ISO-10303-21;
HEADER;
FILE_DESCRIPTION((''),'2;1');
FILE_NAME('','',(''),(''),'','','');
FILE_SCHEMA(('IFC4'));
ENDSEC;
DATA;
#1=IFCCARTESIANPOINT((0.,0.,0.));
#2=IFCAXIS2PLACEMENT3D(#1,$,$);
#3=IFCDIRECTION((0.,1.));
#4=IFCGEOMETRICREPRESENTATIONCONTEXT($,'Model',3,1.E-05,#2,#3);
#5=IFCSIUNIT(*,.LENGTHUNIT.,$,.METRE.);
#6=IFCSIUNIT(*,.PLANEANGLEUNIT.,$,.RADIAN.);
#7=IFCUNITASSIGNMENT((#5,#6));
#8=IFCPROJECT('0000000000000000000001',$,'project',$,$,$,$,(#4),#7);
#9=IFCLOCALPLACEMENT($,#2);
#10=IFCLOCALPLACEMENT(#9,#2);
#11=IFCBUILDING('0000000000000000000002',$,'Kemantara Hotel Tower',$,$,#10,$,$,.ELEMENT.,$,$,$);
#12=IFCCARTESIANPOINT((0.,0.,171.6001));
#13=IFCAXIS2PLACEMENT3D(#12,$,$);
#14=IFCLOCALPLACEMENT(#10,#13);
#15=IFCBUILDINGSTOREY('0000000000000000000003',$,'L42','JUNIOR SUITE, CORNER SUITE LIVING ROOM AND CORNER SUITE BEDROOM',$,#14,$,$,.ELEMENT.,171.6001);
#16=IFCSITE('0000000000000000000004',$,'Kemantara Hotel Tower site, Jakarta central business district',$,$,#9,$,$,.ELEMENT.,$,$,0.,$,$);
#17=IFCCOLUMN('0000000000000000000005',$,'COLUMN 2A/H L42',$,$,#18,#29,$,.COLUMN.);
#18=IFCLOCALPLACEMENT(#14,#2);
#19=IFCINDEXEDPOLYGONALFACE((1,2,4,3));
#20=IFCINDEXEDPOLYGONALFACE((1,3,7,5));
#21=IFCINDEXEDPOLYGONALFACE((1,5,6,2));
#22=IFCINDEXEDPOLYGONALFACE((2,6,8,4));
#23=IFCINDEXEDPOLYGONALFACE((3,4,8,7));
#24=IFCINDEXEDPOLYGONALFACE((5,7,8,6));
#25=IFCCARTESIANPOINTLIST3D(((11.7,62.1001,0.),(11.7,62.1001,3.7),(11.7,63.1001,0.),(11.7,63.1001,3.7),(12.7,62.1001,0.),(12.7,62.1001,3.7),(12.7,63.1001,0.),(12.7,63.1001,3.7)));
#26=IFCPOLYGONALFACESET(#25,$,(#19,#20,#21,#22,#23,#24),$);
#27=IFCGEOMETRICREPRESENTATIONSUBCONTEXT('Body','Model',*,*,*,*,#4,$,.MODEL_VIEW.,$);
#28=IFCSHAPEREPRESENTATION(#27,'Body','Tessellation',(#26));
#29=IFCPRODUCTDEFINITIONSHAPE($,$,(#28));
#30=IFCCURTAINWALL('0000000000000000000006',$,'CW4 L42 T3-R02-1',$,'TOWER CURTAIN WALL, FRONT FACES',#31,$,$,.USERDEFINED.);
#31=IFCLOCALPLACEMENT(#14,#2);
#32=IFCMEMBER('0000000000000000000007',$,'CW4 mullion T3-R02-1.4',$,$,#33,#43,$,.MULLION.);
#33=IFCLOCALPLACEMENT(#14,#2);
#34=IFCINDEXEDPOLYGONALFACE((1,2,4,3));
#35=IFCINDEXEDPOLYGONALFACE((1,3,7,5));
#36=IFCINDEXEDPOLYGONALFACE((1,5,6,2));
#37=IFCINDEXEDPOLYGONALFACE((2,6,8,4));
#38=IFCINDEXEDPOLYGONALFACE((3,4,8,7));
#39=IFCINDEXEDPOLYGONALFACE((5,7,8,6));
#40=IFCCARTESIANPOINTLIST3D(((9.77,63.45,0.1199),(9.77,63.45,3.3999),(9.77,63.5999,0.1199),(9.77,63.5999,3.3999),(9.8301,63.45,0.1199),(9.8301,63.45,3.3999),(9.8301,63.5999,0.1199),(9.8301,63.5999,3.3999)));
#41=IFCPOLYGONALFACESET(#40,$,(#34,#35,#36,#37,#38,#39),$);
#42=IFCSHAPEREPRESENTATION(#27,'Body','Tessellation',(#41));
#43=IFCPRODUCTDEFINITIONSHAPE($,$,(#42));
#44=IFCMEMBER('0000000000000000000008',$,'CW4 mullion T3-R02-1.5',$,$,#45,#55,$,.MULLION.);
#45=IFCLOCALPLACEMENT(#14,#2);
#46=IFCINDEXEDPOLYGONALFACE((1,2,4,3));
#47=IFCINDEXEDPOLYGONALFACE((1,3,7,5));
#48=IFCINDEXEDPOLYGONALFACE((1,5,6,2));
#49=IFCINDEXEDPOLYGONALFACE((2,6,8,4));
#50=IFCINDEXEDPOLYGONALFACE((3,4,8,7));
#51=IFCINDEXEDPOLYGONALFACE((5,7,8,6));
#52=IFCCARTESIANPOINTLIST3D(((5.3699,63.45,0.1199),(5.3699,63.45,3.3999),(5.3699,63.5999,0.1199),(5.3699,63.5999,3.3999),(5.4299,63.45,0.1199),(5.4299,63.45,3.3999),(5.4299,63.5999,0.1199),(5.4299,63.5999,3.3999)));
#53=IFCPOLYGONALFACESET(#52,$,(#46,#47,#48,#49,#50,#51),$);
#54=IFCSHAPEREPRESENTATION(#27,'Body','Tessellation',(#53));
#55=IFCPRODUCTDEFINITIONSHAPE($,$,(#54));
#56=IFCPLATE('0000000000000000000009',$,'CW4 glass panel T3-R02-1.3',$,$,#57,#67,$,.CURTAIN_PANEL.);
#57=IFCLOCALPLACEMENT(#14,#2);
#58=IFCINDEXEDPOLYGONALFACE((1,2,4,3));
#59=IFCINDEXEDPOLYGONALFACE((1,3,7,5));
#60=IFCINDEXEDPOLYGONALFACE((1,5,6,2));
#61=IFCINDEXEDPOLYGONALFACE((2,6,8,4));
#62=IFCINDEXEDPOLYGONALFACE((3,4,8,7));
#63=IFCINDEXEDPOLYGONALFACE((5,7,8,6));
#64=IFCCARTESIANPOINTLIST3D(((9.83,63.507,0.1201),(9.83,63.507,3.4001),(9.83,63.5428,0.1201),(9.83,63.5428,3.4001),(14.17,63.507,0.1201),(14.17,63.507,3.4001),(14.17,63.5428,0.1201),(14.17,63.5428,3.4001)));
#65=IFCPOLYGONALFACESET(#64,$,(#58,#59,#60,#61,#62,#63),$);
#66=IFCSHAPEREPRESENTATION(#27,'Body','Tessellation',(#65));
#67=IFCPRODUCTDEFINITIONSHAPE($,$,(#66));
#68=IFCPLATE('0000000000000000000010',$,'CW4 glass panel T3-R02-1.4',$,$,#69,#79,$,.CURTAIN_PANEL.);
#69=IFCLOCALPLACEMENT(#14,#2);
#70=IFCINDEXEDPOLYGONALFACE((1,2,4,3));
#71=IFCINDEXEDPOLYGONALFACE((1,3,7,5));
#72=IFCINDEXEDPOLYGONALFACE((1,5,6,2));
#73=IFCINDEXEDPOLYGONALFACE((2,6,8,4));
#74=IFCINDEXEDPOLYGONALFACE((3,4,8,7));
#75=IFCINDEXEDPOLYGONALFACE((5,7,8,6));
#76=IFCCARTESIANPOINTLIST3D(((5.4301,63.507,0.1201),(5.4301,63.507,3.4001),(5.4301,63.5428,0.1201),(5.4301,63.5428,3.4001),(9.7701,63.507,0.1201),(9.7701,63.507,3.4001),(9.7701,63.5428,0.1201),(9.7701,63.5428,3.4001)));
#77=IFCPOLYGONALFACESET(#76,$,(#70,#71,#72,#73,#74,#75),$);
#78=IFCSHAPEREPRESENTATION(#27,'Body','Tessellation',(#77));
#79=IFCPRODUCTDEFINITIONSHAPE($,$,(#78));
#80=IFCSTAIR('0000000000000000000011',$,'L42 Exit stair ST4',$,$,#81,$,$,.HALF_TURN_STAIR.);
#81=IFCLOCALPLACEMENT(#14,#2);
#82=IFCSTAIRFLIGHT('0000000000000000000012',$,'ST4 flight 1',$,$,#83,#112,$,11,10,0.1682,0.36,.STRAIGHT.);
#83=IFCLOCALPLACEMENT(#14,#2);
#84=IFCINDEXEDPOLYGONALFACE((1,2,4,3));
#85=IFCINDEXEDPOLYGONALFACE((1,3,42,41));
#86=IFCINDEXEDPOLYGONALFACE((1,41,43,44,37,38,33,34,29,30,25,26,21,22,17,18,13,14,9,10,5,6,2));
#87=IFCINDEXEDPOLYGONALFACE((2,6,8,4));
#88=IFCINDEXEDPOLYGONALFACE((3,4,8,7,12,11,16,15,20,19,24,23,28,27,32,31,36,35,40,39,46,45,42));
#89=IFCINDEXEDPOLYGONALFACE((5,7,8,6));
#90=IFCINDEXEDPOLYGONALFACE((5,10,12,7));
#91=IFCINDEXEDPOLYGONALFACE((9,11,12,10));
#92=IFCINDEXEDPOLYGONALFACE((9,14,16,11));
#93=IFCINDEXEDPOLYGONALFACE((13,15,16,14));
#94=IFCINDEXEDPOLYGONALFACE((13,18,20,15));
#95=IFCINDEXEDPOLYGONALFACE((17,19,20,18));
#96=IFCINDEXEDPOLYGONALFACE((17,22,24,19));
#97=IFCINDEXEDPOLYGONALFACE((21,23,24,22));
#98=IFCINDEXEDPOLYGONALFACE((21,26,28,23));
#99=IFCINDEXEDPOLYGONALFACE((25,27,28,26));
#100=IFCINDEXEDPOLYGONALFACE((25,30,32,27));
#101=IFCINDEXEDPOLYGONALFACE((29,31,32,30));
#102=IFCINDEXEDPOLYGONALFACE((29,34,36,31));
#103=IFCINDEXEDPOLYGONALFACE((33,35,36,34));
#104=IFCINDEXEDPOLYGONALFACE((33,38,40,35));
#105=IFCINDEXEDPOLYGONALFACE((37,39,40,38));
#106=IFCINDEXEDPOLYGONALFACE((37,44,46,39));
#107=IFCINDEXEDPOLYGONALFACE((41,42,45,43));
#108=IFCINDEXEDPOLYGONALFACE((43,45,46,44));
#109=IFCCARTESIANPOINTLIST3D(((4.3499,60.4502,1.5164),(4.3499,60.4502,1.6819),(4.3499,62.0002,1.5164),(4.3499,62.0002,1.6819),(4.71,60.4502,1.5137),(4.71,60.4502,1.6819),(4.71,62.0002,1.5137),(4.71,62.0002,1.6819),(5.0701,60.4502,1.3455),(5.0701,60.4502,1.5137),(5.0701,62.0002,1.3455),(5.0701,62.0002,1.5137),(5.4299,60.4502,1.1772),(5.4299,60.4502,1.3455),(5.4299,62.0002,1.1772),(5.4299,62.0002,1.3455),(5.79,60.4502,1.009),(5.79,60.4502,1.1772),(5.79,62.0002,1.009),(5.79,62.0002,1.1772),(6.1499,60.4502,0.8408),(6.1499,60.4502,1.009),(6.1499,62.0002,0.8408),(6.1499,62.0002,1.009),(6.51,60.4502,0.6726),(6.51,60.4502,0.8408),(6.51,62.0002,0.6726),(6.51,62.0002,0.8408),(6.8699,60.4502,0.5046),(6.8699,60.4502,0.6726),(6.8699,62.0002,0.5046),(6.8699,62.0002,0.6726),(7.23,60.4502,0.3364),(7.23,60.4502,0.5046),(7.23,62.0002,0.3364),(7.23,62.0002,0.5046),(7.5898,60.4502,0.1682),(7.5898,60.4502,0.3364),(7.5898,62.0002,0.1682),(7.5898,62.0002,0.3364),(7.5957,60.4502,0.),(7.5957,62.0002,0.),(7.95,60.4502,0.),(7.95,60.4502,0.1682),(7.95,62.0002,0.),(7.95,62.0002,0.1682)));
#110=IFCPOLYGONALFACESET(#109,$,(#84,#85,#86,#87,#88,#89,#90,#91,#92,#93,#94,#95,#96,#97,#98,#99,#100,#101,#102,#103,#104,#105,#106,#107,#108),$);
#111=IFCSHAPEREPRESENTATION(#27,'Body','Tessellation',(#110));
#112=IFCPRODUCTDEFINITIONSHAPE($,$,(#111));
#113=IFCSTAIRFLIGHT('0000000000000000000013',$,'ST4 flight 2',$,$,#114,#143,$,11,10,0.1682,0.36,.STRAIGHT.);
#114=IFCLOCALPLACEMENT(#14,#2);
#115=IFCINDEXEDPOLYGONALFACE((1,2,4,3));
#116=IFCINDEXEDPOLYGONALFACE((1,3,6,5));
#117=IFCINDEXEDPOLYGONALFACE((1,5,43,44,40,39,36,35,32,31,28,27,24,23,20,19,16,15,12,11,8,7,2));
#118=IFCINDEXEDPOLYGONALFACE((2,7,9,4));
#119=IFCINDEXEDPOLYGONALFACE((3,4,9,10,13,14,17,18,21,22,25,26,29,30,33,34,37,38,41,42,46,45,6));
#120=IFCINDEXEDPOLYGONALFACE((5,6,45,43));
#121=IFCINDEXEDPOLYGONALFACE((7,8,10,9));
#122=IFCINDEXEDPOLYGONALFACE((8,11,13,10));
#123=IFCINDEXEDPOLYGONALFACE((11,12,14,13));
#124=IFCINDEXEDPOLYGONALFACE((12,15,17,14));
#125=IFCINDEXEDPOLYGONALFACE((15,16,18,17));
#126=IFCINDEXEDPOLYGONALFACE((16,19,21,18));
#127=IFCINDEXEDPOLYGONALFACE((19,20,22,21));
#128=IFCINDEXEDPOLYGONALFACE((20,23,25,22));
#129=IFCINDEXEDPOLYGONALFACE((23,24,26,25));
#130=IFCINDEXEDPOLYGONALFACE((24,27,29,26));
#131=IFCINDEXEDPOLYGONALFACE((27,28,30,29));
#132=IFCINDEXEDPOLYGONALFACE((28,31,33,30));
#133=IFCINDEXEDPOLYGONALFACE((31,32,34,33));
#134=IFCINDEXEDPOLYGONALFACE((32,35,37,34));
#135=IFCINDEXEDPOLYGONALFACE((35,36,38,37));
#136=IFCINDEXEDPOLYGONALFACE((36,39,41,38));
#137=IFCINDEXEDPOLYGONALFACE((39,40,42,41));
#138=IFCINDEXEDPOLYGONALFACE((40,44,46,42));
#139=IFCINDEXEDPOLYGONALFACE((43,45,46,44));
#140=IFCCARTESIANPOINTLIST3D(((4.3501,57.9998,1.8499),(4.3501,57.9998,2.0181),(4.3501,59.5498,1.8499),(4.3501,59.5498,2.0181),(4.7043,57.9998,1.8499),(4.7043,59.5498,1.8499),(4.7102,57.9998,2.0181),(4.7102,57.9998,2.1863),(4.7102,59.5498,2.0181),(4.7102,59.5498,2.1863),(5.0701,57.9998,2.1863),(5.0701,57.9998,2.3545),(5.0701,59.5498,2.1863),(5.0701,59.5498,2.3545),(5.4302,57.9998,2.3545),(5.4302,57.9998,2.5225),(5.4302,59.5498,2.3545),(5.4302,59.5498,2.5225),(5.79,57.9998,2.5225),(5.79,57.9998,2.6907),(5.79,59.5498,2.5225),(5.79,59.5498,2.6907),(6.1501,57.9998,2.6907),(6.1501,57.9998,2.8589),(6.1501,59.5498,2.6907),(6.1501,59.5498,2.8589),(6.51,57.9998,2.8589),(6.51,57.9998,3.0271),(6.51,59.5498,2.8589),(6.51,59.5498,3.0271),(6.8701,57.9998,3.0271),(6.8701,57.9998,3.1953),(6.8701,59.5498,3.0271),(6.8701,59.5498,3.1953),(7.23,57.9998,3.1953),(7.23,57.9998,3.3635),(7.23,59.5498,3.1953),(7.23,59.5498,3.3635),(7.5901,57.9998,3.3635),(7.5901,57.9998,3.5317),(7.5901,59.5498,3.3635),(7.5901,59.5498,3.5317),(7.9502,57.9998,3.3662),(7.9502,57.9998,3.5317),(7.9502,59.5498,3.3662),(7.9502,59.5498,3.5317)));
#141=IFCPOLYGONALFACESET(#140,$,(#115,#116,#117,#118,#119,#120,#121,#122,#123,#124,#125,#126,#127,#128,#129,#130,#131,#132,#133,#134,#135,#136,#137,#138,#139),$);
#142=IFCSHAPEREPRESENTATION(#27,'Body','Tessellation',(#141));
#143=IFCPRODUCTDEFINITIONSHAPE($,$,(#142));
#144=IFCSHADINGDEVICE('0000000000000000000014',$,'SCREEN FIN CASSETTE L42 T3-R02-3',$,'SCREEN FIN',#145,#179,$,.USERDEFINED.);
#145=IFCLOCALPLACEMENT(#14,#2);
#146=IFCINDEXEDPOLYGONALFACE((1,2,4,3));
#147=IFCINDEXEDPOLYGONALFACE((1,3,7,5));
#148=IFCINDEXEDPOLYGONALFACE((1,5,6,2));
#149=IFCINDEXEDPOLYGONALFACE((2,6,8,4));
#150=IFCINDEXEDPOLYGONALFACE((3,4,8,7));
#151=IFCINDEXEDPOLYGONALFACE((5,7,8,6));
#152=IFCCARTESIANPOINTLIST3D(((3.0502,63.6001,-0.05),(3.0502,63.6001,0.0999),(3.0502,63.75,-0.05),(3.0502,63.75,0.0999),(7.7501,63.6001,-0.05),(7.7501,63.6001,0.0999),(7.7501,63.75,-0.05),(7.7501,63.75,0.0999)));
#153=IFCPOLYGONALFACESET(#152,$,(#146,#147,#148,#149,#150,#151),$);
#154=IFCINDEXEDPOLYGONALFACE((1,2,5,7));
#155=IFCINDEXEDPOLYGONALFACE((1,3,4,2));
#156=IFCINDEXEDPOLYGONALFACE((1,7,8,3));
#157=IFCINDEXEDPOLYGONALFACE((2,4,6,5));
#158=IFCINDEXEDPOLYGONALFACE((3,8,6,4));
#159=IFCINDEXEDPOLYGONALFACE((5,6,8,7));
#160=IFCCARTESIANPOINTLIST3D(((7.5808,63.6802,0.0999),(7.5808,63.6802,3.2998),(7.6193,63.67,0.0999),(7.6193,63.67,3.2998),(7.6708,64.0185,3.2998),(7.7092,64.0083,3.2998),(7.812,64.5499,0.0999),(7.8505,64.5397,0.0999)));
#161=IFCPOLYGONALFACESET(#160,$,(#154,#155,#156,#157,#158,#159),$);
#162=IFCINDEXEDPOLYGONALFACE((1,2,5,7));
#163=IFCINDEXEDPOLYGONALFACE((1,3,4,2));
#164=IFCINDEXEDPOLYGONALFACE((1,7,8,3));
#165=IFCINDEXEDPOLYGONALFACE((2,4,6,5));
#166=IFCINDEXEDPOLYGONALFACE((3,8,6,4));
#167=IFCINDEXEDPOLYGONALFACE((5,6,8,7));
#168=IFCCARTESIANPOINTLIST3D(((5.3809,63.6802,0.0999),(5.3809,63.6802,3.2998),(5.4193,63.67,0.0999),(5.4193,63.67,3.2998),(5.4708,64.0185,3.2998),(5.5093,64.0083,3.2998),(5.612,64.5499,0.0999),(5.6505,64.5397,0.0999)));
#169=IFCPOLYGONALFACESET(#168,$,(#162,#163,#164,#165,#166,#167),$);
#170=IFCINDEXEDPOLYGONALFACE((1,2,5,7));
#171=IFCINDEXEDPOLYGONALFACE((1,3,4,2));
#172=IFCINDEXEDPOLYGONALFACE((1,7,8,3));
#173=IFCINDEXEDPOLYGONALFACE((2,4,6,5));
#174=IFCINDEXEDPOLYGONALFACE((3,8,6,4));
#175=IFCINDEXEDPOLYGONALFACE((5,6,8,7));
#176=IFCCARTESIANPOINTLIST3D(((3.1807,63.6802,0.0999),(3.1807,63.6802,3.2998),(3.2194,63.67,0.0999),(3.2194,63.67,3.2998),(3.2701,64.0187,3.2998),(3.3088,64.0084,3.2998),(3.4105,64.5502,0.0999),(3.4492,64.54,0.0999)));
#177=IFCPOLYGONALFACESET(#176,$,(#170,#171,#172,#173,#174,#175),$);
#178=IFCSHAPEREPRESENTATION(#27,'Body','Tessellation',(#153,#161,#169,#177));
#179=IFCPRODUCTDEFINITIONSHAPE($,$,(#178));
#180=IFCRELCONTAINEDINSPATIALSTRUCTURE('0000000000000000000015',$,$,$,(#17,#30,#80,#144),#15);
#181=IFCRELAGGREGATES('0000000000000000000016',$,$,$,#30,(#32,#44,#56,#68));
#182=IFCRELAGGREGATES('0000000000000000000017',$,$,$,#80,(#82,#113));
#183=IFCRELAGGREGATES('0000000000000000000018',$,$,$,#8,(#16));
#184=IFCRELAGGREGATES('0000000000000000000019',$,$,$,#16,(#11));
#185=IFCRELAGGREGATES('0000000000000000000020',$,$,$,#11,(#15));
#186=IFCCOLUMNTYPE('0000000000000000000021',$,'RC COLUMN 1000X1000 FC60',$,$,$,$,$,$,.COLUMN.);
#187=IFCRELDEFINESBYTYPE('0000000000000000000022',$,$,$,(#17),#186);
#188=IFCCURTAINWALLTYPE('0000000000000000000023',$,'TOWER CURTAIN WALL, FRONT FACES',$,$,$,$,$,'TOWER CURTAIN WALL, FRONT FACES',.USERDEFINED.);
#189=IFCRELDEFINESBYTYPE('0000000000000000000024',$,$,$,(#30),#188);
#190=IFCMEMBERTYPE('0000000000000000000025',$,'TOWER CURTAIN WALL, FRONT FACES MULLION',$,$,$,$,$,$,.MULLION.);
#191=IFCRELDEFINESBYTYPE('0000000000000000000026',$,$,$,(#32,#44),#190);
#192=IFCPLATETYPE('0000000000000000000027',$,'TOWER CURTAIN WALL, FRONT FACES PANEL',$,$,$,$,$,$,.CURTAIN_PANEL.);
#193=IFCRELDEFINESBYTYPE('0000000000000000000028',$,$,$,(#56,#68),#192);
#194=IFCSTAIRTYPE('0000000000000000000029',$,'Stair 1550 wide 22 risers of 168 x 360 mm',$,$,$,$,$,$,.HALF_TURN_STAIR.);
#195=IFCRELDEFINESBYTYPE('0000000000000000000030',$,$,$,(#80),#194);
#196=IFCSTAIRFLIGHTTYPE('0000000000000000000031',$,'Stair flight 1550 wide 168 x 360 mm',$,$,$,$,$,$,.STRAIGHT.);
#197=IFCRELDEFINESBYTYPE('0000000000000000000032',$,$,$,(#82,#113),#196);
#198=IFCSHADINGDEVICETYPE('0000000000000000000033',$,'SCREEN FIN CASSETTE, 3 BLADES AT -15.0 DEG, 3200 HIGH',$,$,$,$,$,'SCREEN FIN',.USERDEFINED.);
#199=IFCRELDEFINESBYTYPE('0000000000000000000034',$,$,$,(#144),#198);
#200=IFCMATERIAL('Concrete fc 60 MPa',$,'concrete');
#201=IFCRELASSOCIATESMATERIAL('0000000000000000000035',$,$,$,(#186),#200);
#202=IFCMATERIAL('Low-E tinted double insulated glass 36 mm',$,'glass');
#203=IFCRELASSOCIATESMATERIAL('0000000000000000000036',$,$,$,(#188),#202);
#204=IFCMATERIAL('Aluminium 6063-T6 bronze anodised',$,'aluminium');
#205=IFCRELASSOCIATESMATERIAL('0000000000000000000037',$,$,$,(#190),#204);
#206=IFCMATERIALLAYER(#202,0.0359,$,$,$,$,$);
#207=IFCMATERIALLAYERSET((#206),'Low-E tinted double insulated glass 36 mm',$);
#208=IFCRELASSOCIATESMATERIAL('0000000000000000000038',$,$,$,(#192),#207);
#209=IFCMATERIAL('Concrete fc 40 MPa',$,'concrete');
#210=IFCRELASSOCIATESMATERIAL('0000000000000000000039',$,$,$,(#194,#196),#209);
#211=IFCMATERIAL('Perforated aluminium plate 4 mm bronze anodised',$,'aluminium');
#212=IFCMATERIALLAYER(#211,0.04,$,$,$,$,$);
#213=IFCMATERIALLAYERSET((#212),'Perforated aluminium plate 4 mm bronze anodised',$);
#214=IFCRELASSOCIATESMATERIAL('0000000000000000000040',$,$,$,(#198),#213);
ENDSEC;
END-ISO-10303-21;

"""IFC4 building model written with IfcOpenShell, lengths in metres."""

from ifc_helpers import new_model, si_unit, direction, frame, origin, origin_2d, place, context, subcontext, project, spatial, polyline, rectangle, outline, extrude, source, transform, mapped, material, layer, layer_set, material_profile, profile_set, type_object, element, aggregate, save


model = new_model("IFC4")

# Units and contexts
model_context = context("Model", 3, precision=1e-05, world=origin(), true_north=direction((0.0, 1.0)))
body_context = subcontext(model_context, "Body", "Model", "MODEL_VIEW")
ifc_project = project(units=[si_unit("LENGTHUNIT", "METRE"), si_unit("PLANEANGLEUNIT", "RADIAN")], contexts=[model_context])

# Site, building, storey
site_placement = place(None, origin())
site = spatial("IfcSite", under=ifc_project, at=site_placement, Name="Kemantara Hotel Tower site, Jakarta central business district", CompositionType="ELEMENT", RefElevation=0.0)
building_placement = place(site_placement, origin())
building = spatial("IfcBuilding", under=site, at=building_placement, Name="Kemantara Hotel Tower", CompositionType="ELEMENT")
storey_placement = place(building_placement, frame((0.0, 0.0, 171.6001)))
storey = spatial("IfcBuildingStorey", under=building, at=storey_placement, Name="L42", Description="JUNIOR SUITE, CORNER SUITE LIVING ROOM AND CORNER SUITE BEDROOM", CompositionType="ELEMENT", Elevation=171.6001)

# Column
ifc_material_1 = material(Name="Concrete fc 60 MPa", Category="concrete")
ifc_material_profile_1 = material_profile(ifc_material_1, rectangle(XDim=1.0, YDim=1.0, at=origin_2d()), Name="RC 1000X1000")
ifc_profile_set_1 = profile_set([ifc_material_profile_1], Name="Concrete fc 60 MPa")
column_type = type_object("IfcColumnType", Name="RC COLUMN 1000X1000 FC60", PredefinedType="COLUMN", material=ifc_profile_set_1)
column_placement = place(storey_placement, frame((12.2, 62.6001, 0.0), z_axis=(0.0, 0.0, 1.0), x_axis=(1.0, 0.0, 0.0)))
element("IfcColumn", 1, at=column_placement, inside=storey, type_object=column_type, Name="COLUMN 2A/H L42", PredefinedType="COLUMN", context=body_context, shape_type="SweptSolid", body=[
    extrude(rectangle(XDim=1.0, YDim=1.0, at=origin_2d()), origin(), (0.0, 0.0, 1.0), 3.7),
])

# Curtain wall, members, plates
ifc_material_2 = material(Name="Low-E tinted double insulated glass 36 mm", Category="glass")
curtain_wall_type = type_object("IfcCurtainWallType", Name="TOWER CURTAIN WALL, FRONT FACES", ElementType="TOWER CURTAIN WALL, FRONT FACES", PredefinedType="USERDEFINED", material=ifc_material_2)
curtain_wall_placement = place(storey_placement, origin())
curtain_wall = element("IfcCurtainWall", 2, at=curtain_wall_placement, inside=storey, type_object=curtain_wall_type, Name="CW4 L42 T3-R02-1", ObjectType="TOWER CURTAIN WALL, FRONT FACES", PredefinedType="USERDEFINED")
ifc_material_3 = material(Name="Aluminium 6063-T6 bronze anodised", Category="aluminium")
ifc_material_profile_2 = material_profile(ifc_material_3, rectangle(XDim=0.1499, YDim=0.0601, at=origin_2d()), Name="TOWER CURTAIN WALL, FRONT FACES MULLION")
ifc_profile_set_2 = profile_set([ifc_material_profile_2], Name="Aluminium 6063-T6 bronze anodised")
member_type = type_object("IfcMemberType", Name="TOWER CURTAIN WALL, FRONT FACES MULLION", PredefinedType="MULLION", material=ifc_profile_set_2)
shared_shape_1 = source(origin(), body_context, "Body", "SweptSolid", [
    extrude(rectangle(XDim=0.1499, YDim=0.0601, at=origin_2d()), origin(), (0.0, 0.0, 1.0), 3.28),
])
member_1_placement = place(storey_placement, frame((9.8, 63.5249, 0.1199), z_axis=(0.0, 0.0, 1.0), x_axis=(0.0, -1.0, 0.0)))
member_1 = element("IfcMember", 3, at=member_1_placement, type_object=member_type, Name="CW4 mullion T3-R02-1.4", PredefinedType="MULLION", context=body_context, shape_type="MappedRepresentation", body=[
    mapped(shared_shape_1, transform((0.0, 0.0, 0.0))),
])
member_2_placement = place(storey_placement, frame((5.3999, 63.5249, 0.1199), z_axis=(0.0, 0.0, 1.0), x_axis=(0.0, -1.0, 0.0)))
member_2 = element("IfcMember", 4, at=member_2_placement, type_object=member_type, Name="CW4 mullion T3-R02-1.5", PredefinedType="MULLION", context=body_context, shape_type="MappedRepresentation", body=[
    mapped(shared_shape_1, transform((0.0, 0.0, 0.0))),
])
ifc_layer_1 = layer(ifc_material_2, 0.0359)
ifc_layer_set_1 = layer_set([ifc_layer_1], Name="Low-E tinted double insulated glass 36 mm")
plate_type = type_object("IfcPlateType", Name="TOWER CURTAIN WALL, FRONT FACES PANEL", PredefinedType="CURTAIN_PANEL", material=ifc_layer_set_1)
shared_shape_2 = source(origin(), body_context, "Body", "SweptSolid", [
    extrude(rectangle(XDim=4.3401, YDim=0.0359, at=origin_2d()), origin(), (0.0, 0.0, 1.0), 3.28),
])
plate_1_placement = place(storey_placement, frame((12.0, 63.5249, 0.1201), z_axis=(0.0, 0.0, 1.0), x_axis=(-1.0, 0.0, 0.0)))
plate_1 = element("IfcPlate", 5, at=plate_1_placement, type_object=plate_type, Name="CW4 glass panel T3-R02-1.3", PredefinedType="CURTAIN_PANEL", context=body_context, shape_type="MappedRepresentation", body=[
    mapped(shared_shape_2, transform((0.0, 0.0, 0.0))),
])
plate_2_placement = place(storey_placement, frame((7.6001, 63.5249, 0.1201), z_axis=(0.0, 0.0, 1.0), x_axis=(-1.0, 0.0, 0.0)))
plate_2 = element("IfcPlate", 6, at=plate_2_placement, type_object=plate_type, Name="CW4 glass panel T3-R02-1.4", PredefinedType="CURTAIN_PANEL", context=body_context, shape_type="MappedRepresentation", body=[
    mapped(shared_shape_2, transform((0.0, 0.0, 0.0))),
])
aggregate(curtain_wall, [member_1, member_2, plate_1, plate_2])

# Stair, stair flights
ifc_material_4 = material(Name="Concrete fc 40 MPa", Category="concrete")
stair_type = type_object("IfcStairType", Name="Stair 1550 wide 22 risers of 168 x 360 mm", PredefinedType="HALF_TURN_STAIR", material=ifc_material_4)
stair_placement = place(storey_placement, origin())
stair = element("IfcStair", 7, at=stair_placement, inside=storey, type_object=stair_type, Name="L42 Exit stair ST4", PredefinedType="HALF_TURN_STAIR")
stair_flight_type = type_object("IfcStairFlightType", Name="Stair flight 1550 wide 168 x 360 mm", PredefinedType="STRAIGHT", material=ifc_material_4)
stair_flight_1_placement = place(storey_placement, frame((7.95, 61.2251, 0.0), z_axis=(0.0, 0.0, 1.0), x_axis=(-1.0, 0.0, 0.0)))
stair_flight_1 = element("IfcStairFlight", 8, at=stair_flight_1_placement, type_object=stair_flight_type, Name="ST4 flight 1", NumberOfRisers=11, NumberOfTreads=10, PredefinedType="STRAIGHT", RiserHeight=0.1682, TreadLength=0.36, context=body_context, shape_type="SweptSolid", body=[
    extrude(outline(polyline([(0.0, 0.0), (0.0, 0.1682), (0.3601, 0.1682), (0.3601, 0.3364), (0.72, 0.3364), (0.72, 0.5046), (1.0801, 0.5046), (1.0801, 0.6726), (1.4399, 0.6726), (1.4399, 0.8408), (1.8, 0.8408), (1.8, 1.009), (2.1599, 1.009), (2.1599, 1.1772), (2.52, 1.1772), (2.52, 1.3455), (2.8799, 1.3455), (2.8799, 1.5137), (3.24, 1.5137), (3.24, 1.6819), (3.6001, 1.6819), (3.6001, 1.8501), (3.6001, 1.5164), (0.3542, 0.0), (0.0, 0.0)])), frame((0.0, 0.7749, 0.0), z_axis=(0.0, -1.0, 0.0), x_axis=(1.0, 0.0, 0.0)), (0.0, 0.0, 1.0), 1.55),
])
stair_flight_2_placement = place(storey_placement, frame((4.3501, 58.7749, 1.8499), z_axis=(0.0, 0.0, 1.0), x_axis=(1.0, 0.0, 0.0)))
stair_flight_2 = element("IfcStairFlight", 9, at=stair_flight_2_placement, type_object=stair_flight_type, Name="ST4 flight 2", NumberOfRisers=11, NumberOfTreads=10, PredefinedType="STRAIGHT", RiserHeight=0.1682, TreadLength=0.36, context=body_context, shape_type="SweptSolid", body=[
    extrude(outline(polyline([(0.0, 0.0), (0.0, 0.1682), (0.3601, 0.1682), (0.3601, 0.3364), (0.72, 0.3364), (0.72, 0.5046), (1.0801, 0.5046), (1.0801, 0.6726), (1.4399, 0.6726), (1.4399, 0.8408), (1.8, 0.8408), (1.8, 1.009), (2.1599, 1.009), (2.1599, 1.1772), (2.52, 1.1772), (2.52, 1.3455), (2.8799, 1.3455), (2.8799, 1.5137), (3.24, 1.5137), (3.24, 1.6819), (3.6001, 1.6819), (3.6001, 1.8501), (3.6001, 1.5164), (0.3542, 0.0), (0.0, 0.0)])), frame((0.0, 0.7749, 0.0), z_axis=(0.0, -1.0, 0.0), x_axis=(1.0, 0.0, 0.0)), (0.0, 0.0, 1.0), 1.55),
])
aggregate(stair, [stair_flight_1, stair_flight_2])

# Shading device
ifc_material_5 = material(Name="Perforated aluminium plate 4 mm bronze anodised", Category="aluminium")
ifc_layer_2 = layer(ifc_material_5, 0.04)
ifc_layer_set_2 = layer_set([ifc_layer_2], Name="Perforated aluminium plate 4 mm bronze anodised")
shading_device_type = type_object("IfcShadingDeviceType", Name="SCREEN FIN CASSETTE, 3 BLADES AT -15.0 DEG, 3200 HIGH", ElementType="SCREEN FIN", PredefinedType="USERDEFINED", material=ifc_layer_set_2)
shared_shape_3 = source(origin(), body_context, "Body", "SweptSolid", [
    extrude(rectangle(XDim=4.7, YDim=0.1499, at=origin_2d()), frame((2.2, -0.075, -0.1499), z_axis=(0.0, 0.0, 1.0), x_axis=(1.0, 0.0, 0.0)), (0.0, 0.0, 1.0), 0.1499),
    extrude(outline(polyline([(0.0, 0.0), (0.8999, 0.0), (0.3501, 3.2), (0.0, 3.2), (0.0, 0.0)])), frame((0.0193, -0.0801, 0.0), z_axis=(-0.966438, 0.256901, 0.0), x_axis=(-0.256901, -0.966438, 0.0)), (0.0, 0.0, 1.0), 0.0398),
    extrude(outline(polyline([(0.0, 0.0), (0.8999, 0.0), (0.3501, 3.2), (0.0, 3.2), (0.0, 0.0)])), frame((2.2192, -0.0801, 0.0), z_axis=(-0.966438, 0.256901, 0.0), x_axis=(-0.256901, -0.966438, 0.0)), (0.0, 0.0, 1.0), 0.0398),
    extrude(outline(polyline([(0.0, 0.0), (0.8999, 0.0), (0.3501, 3.2), (0.0, 3.2), (0.0, 0.0)])), frame((4.4194, -0.0801, 0.0), z_axis=(-0.966838, 0.255391, 0.0), x_axis=(-0.255391, -0.966838, 0.0)), (0.0, 0.0, 1.0), 0.04),
])
shading_device_placement = place(storey_placement, frame((7.6001, 63.6001, 0.0999), z_axis=(0.0, 0.0, 1.0), x_axis=(-1.0, 0.0, 0.0)))
element("IfcShadingDevice", 10, at=shading_device_placement, inside=storey, type_object=shading_device_type, Name="SCREEN FIN CASSETTE L42 T3-R02-3", ObjectType="SCREEN FIN", PredefinedType="USERDEFINED", context=body_context, shape_type="MappedRepresentation", body=[
    mapped(shared_shape_3, transform((0.0, 0.0, 0.0))),
])

save(model, "model.ifc")
